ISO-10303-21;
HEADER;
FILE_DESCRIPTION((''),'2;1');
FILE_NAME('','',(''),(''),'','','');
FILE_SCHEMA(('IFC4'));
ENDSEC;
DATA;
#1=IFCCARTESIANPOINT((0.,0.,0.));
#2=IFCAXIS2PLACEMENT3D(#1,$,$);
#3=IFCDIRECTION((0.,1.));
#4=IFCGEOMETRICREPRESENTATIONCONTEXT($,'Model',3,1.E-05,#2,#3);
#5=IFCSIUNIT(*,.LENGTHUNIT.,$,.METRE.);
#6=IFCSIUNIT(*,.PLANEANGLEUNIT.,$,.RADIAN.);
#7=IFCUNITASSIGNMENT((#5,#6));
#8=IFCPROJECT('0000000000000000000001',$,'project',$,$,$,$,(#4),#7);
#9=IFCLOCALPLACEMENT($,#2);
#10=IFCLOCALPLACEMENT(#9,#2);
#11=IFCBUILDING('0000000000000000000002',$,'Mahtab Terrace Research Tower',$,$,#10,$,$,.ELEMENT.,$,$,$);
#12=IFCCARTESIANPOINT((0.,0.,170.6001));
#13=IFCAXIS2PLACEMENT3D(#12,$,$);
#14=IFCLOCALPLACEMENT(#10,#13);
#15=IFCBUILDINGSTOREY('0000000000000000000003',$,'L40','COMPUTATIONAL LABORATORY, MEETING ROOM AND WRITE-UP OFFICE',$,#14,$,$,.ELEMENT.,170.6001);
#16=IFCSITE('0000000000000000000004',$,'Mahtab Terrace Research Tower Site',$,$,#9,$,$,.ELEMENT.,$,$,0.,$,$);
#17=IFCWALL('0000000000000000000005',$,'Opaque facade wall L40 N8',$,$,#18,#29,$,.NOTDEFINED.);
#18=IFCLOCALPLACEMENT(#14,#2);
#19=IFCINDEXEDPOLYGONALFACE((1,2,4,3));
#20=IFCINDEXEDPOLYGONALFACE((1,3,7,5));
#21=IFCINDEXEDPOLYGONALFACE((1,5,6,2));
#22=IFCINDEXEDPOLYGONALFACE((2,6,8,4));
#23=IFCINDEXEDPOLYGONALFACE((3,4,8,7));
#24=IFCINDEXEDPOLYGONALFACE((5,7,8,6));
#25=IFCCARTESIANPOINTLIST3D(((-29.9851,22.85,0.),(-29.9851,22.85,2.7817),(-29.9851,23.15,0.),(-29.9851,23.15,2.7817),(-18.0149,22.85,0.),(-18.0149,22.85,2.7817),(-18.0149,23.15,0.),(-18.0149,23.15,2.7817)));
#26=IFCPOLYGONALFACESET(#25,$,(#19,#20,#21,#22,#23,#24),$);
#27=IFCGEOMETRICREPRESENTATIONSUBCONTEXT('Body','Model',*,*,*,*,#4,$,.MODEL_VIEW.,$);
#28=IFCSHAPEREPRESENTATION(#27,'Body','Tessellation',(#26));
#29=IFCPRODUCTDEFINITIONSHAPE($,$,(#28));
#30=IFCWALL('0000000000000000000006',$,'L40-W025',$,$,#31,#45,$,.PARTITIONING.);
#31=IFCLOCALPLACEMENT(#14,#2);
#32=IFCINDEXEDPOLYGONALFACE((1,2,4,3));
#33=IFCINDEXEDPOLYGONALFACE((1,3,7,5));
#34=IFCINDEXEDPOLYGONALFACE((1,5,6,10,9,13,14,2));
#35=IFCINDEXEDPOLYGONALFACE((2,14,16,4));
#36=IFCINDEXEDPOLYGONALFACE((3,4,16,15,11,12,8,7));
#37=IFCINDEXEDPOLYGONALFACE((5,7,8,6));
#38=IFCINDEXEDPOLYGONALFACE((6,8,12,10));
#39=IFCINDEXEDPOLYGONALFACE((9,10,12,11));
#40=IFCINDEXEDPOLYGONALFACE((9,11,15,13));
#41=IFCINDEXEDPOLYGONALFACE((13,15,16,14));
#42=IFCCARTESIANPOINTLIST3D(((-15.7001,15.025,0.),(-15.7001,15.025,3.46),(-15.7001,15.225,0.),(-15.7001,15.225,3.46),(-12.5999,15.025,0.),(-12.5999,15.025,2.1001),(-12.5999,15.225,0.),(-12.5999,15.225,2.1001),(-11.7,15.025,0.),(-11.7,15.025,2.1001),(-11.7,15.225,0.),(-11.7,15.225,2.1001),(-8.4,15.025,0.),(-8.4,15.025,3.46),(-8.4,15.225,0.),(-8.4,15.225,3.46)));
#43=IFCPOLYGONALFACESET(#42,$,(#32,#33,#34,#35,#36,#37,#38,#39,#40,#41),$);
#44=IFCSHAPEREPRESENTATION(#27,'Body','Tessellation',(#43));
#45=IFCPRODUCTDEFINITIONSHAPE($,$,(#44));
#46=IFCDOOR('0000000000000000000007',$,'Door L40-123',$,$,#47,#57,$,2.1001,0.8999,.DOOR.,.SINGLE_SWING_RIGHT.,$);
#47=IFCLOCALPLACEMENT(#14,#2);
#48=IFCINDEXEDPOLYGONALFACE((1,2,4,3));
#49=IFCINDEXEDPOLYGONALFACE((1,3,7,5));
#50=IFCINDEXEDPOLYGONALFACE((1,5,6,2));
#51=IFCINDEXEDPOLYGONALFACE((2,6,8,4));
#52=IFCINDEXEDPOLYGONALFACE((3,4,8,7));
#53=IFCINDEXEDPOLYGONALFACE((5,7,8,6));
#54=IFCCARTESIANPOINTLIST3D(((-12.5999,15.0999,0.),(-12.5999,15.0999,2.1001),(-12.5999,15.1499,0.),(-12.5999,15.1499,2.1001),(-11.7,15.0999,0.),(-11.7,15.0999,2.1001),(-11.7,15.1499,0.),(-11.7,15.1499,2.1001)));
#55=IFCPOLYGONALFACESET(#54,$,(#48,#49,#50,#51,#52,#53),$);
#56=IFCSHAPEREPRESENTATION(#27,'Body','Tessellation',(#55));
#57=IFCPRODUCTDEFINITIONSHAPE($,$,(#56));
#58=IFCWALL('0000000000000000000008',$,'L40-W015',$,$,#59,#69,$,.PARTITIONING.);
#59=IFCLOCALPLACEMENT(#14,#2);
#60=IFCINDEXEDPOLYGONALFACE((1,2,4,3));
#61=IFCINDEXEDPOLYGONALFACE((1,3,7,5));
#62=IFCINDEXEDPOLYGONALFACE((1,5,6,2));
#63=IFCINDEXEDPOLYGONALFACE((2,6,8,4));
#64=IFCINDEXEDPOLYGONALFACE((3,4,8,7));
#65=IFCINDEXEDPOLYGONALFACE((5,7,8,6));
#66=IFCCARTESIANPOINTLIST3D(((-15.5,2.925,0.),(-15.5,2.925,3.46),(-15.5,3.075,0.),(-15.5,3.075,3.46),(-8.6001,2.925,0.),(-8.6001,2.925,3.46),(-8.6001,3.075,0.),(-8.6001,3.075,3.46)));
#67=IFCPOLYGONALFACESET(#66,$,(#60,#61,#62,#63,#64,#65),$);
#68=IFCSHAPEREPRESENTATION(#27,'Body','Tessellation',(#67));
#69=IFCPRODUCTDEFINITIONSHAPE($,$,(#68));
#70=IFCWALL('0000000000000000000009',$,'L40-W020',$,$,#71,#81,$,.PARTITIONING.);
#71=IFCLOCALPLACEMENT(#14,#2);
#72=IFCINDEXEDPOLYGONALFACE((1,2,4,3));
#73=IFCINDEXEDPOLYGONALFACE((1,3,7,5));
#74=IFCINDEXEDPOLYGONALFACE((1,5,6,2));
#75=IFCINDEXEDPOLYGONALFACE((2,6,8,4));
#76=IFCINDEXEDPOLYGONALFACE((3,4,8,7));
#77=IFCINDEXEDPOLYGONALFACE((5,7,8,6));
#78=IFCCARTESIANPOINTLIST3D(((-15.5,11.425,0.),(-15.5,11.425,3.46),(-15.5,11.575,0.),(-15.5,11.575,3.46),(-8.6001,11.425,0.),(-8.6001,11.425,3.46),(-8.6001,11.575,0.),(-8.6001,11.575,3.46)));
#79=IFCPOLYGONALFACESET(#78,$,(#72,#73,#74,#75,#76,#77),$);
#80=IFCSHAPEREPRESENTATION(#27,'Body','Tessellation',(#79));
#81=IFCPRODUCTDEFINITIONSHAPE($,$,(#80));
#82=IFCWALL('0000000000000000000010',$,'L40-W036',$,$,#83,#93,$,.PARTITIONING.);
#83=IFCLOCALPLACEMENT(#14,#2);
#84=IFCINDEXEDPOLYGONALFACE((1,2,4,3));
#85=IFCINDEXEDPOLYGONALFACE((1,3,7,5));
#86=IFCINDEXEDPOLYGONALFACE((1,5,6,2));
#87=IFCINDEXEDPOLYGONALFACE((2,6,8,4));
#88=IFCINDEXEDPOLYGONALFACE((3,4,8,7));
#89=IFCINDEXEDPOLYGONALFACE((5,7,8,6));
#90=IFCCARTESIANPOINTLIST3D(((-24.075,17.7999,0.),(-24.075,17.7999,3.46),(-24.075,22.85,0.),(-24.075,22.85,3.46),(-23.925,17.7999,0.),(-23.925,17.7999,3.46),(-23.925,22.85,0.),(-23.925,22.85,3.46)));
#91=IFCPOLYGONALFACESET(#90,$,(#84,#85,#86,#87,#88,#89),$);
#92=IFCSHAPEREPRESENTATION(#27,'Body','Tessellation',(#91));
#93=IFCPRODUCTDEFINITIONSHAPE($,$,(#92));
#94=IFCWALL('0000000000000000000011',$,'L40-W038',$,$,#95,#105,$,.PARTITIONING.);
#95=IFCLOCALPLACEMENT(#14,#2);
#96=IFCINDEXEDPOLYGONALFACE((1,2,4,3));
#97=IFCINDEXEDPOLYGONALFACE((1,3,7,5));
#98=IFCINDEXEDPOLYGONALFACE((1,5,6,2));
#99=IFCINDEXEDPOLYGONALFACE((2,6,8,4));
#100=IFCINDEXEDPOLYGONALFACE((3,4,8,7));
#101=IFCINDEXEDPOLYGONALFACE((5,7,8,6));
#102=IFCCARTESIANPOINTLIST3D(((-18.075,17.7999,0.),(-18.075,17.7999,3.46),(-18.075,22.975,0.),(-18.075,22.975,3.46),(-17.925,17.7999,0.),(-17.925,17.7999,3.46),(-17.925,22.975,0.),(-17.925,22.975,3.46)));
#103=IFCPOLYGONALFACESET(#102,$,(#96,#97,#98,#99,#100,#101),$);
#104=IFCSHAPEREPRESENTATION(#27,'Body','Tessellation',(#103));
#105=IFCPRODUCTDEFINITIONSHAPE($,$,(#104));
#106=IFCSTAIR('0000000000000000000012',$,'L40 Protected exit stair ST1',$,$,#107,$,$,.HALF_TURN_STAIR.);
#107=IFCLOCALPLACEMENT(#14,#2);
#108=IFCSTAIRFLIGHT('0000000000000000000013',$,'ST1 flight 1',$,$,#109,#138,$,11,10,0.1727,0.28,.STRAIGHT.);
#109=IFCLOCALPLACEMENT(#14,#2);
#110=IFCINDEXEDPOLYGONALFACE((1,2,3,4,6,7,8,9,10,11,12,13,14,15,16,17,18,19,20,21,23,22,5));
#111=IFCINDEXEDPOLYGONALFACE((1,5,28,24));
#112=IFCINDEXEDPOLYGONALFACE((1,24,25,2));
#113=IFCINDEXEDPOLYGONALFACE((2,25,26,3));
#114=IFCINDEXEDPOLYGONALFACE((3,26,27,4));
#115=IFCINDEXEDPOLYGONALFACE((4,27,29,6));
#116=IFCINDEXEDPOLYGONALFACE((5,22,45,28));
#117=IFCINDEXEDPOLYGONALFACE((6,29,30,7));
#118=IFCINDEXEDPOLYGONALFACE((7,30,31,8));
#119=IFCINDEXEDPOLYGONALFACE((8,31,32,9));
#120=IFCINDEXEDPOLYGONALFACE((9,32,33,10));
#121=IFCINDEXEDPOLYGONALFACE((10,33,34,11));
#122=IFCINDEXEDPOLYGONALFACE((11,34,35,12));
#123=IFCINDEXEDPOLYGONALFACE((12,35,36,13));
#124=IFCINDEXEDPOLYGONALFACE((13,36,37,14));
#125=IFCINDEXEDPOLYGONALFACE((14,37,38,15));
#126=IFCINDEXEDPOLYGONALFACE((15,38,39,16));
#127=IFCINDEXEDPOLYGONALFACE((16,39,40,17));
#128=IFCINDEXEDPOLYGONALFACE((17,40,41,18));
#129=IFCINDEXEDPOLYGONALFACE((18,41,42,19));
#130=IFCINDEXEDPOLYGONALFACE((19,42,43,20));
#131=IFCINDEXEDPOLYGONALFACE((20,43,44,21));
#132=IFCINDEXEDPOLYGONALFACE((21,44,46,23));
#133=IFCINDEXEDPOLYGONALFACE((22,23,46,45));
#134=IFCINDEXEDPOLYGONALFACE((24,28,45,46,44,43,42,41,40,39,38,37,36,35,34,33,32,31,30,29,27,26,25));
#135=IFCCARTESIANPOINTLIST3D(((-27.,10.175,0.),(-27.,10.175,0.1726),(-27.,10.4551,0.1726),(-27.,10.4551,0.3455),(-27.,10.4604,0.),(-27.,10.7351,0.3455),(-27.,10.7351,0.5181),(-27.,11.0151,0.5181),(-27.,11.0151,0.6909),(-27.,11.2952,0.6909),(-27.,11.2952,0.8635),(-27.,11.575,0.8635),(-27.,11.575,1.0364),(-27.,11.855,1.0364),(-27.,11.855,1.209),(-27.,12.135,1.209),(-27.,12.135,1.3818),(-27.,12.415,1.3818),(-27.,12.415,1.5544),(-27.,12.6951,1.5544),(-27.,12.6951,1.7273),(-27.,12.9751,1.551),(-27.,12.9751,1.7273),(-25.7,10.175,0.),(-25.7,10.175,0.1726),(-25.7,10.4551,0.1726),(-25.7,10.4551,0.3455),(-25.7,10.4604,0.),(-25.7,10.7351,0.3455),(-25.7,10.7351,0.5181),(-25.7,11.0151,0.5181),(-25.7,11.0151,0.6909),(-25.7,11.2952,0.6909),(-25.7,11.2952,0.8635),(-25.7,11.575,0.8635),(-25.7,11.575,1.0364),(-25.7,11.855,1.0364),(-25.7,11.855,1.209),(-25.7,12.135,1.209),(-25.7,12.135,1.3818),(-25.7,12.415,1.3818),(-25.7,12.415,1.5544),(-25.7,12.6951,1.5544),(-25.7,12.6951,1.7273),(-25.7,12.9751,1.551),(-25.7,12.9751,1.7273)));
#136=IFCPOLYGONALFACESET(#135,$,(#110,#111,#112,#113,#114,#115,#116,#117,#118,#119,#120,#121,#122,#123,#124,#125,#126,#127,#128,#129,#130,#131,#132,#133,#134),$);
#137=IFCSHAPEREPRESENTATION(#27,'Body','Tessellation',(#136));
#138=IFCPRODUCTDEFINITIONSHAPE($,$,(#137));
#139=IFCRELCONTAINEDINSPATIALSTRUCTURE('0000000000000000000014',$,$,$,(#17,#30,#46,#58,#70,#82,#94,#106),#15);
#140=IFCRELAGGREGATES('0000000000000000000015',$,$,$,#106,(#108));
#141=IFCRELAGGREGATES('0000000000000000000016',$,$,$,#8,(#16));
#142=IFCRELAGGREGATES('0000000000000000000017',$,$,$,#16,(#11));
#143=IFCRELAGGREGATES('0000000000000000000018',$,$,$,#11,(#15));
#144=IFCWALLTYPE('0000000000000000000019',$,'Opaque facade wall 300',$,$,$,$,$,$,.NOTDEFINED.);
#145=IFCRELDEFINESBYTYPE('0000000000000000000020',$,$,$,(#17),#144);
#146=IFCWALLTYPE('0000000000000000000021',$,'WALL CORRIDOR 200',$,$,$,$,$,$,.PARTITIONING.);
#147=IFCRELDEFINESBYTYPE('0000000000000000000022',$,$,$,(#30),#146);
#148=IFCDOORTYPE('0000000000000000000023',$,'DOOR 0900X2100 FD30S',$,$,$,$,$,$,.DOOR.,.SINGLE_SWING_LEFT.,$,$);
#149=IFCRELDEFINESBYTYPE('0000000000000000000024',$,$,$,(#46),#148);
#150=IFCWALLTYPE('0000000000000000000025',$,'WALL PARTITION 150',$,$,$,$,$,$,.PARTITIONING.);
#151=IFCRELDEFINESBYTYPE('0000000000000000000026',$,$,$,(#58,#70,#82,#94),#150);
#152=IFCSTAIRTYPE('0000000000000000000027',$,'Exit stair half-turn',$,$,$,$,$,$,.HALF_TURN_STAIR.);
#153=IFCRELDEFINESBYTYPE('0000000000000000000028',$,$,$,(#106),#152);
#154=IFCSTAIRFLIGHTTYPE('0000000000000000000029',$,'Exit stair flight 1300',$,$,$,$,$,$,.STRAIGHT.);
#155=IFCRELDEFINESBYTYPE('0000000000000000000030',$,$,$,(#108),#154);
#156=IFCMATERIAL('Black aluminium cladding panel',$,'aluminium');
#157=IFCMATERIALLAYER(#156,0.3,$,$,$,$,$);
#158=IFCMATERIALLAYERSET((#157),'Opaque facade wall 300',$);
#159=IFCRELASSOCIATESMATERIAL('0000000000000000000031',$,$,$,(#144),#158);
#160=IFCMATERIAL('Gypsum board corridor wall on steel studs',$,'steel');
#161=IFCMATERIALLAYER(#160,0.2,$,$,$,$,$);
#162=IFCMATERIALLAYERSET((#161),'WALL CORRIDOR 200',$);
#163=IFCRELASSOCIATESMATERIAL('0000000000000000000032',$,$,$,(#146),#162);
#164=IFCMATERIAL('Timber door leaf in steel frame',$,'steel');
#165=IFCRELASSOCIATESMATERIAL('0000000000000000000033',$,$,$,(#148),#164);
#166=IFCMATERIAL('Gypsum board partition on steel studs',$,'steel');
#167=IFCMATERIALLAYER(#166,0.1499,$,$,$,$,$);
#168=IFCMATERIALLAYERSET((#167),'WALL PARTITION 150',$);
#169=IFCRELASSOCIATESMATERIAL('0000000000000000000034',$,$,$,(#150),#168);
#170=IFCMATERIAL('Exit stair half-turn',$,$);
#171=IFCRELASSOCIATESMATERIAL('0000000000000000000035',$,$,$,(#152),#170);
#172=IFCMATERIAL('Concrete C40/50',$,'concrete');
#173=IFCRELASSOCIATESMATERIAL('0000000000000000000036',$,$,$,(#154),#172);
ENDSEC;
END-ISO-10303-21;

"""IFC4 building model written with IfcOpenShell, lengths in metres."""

from ifc_helpers import new_model, si_unit, direction, frame, frame_2d, origin, place, context, subcontext, project, spatial, polyline, rectangle, outline, extrude, material, layer, layer_set, type_object, element, fill, aggregate, save


model = new_model("IFC4")

# Units and contexts
model_context = context("Model", 3, precision=1e-05, world=origin(), true_north=direction((0.0, 1.0)))
body_context = subcontext(model_context, "Body", "Model", "MODEL_VIEW")
ifc_project = project(units=[si_unit("LENGTHUNIT", "METRE"), si_unit("PLANEANGLEUNIT", "RADIAN")], contexts=[model_context])

# Site, building, storey
site_placement = place(None, origin())
site = spatial("IfcSite", under=ifc_project, at=site_placement, Name="Mahtab Terrace Research Tower Site", CompositionType="ELEMENT", RefElevation=0.0)
building_placement = place(site_placement, origin())
building = spatial("IfcBuilding", under=site, at=building_placement, Name="Mahtab Terrace Research Tower", CompositionType="ELEMENT")
storey_placement = place(building_placement, frame((0.0, 0.0, 170.6001)))
storey = spatial("IfcBuildingStorey", under=building, at=storey_placement, Name="L40", Description="COMPUTATIONAL LABORATORY, MEETING ROOM AND WRITE-UP OFFICE", CompositionType="ELEMENT", Elevation=170.6001)

# Wall
ifc_material_1 = material(Name="Black aluminium cladding panel", Category="aluminium")
ifc_layer_1 = layer(ifc_material_1, 0.3)
ifc_layer_set_1 = layer_set([ifc_layer_1], Name="Opaque facade wall 300")
wall_type_1 = type_object("IfcWallType", Name="Opaque facade wall 300", PredefinedType="NOTDEFINED", material=ifc_layer_set_1)
wall_1_placement = place(storey_placement, frame((-18.0149, 23.0, 0.0), z_axis=(0.0, 0.0, 1.0), x_axis=(-1.0, 0.0, 0.0)))
element("IfcWall", 1, at=wall_1_placement, inside=storey, type_object=wall_type_1, Name="Opaque facade wall L40 N8", PredefinedType="NOTDEFINED", context=body_context, shape_type="SweptSolid", body=[
    extrude(rectangle(XDim=11.9702, YDim=0.3, at=frame_2d((5.9851, 0.0))), origin(), (0.0, 0.0, 1.0), 2.7817),
])

# Wall, opening, door
ifc_material_2 = material(Name="Gypsum board corridor wall on steel studs", Category="steel")
ifc_layer_2 = layer(ifc_material_2, 0.2)
ifc_layer_set_2 = layer_set([ifc_layer_2], Name="WALL CORRIDOR 200")
wall_type_2 = type_object("IfcWallType", Name="WALL CORRIDOR 200", PredefinedType="PARTITIONING", material=ifc_layer_set_2)
wall_2_placement = place(storey_placement, frame((-15.7, 15.125, 0.0), z_axis=(0.0, 0.0, 1.0), x_axis=(1.0, 0.0, 0.0)))
wall_2 = element("IfcWall", 2, at=wall_2_placement, inside=storey, type_object=wall_type_2, Name="L40-W025", PredefinedType="PARTITIONING", context=body_context, shape_type="SweptSolid", body=[
    extrude(rectangle(XDim=7.3, YDim=0.2, at=frame_2d((3.6499, 0.0))), origin(), (0.0, 0.0, 1.0), 3.46),
])
opening_1_placement = place(wall_2_placement, frame((3.1001, 0.0, 0.0)))
opening_1 = element("IfcOpeningElement", 3, at=opening_1_placement, cuts=wall_2, PredefinedType="OPENING", context=body_context, shape_type="SweptSolid", body=[
    extrude(rectangle(XDim=0.8999, YDim=2.1001, at=frame_2d((0.45, 1.05))), frame((0.0, 0.1099, 0.0), z_axis=(0.0, -1.0, 0.0), x_axis=(1.0, 0.0, 0.0)), (0.0, 0.0, 1.0), 0.22),
])
ifc_material_3 = material(Name="Timber door leaf in steel frame", Category="steel")
door_type_1 = type_object("IfcDoorType", Name="DOOR 0900X2100 FD30S", OperationType="SINGLE_SWING_LEFT", PredefinedType="DOOR", material=ifc_material_3)
door_1_placement = place(opening_1_placement, origin())
door_1 = element("IfcDoor", 4, at=door_1_placement, inside=storey, type_object=door_type_1, Name="Door L40-123", OperationType="SINGLE_SWING_RIGHT", OverallHeight=2.1001, OverallWidth=0.8999, PredefinedType="DOOR", context=body_context, shape_type="SweptSolid", body=[
    extrude(rectangle(XDim=0.8999, YDim=2.1001, at=frame_2d((0.45, 1.05))), frame((0.0, 0.0249, 0.0), z_axis=(0.0, -1.0, 0.0), x_axis=(1.0, 0.0, 0.0)), (0.0, 0.0, 1.0), 0.05),
])
fill(opening_1, door_1)

# Walls
ifc_material_4 = material(Name="Gypsum board partition on steel studs", Category="steel")
ifc_layer_3 = layer(ifc_material_4, 0.1499)
ifc_layer_set_3 = layer_set([ifc_layer_3], Name="WALL PARTITION 150")
wall_type_3 = type_object("IfcWallType", Name="WALL PARTITION 150", PredefinedType="PARTITIONING", material=ifc_layer_set_3)
for number, where, z_axis, x_axis, name in (
    (5, (-15.5, 3.0, 0.0), (0.0, 0.0, 1.0), (1.0, 0.0, 0.0), "L40-W015"),
    (6, (-15.5, 11.5, 0.0), (0.0, 0.0, 1.0), (1.0, 0.0, 0.0), "L40-W020"),
):
    element("IfcWall", number, at=place(storey_placement, frame(where, z_axis=z_axis, x_axis=x_axis)), inside=storey, type_object=wall_type_3, Name=name, PredefinedType="PARTITIONING", context=body_context, shape_type="SweptSolid", body=[
        extrude(rectangle(XDim=6.8999, YDim=0.1499, at=frame_2d((3.45, 0.0))), origin(), (0.0, 0.0, 1.0), 3.46),
    ])
wall_3_placement = place(storey_placement, frame((-24.0, 17.8, 0.0), z_axis=(0.0, 0.0, 1.0), x_axis=(0.0, 1.0, 0.0)))
element("IfcWall", 7, at=wall_3_placement, inside=storey, type_object=wall_type_3, Name="L40-W036", PredefinedType="PARTITIONING", context=body_context, shape_type="SweptSolid", body=[
    extrude(rectangle(XDim=5.05, YDim=0.1499, at=frame_2d((2.5249, 0.0))), origin(), (0.0, 0.0, 1.0), 3.46),
])
wall_4_placement = place(storey_placement, frame((-18.0, 17.8, 0.0), z_axis=(0.0, 0.0, 1.0), x_axis=(0.0, 1.0, 0.0)))
element("IfcWall", 8, at=wall_4_placement, inside=storey, type_object=wall_type_3, Name="L40-W038", PredefinedType="PARTITIONING", context=body_context, shape_type="SweptSolid", body=[
    extrude(rectangle(XDim=5.175, YDim=0.1499, at=frame_2d((2.5874, 0.0))), origin(), (0.0, 0.0, 1.0), 3.46),
])

# Stair, stair flight
ifc_material_5 = material(Name="Exit stair half-turn")
stair_type = type_object("IfcStairType", Name="Exit stair half-turn", PredefinedType="HALF_TURN_STAIR", material=ifc_material_5)
stair_placement = place(storey_placement, origin())
stair = element("IfcStair", 9, at=stair_placement, inside=storey, type_object=stair_type, Name="L40 Protected exit stair ST1", PredefinedType="HALF_TURN_STAIR")
ifc_material_6 = material(Name="Concrete C40/50", Category="concrete")
stair_flight_type = type_object("IfcStairFlightType", Name="Exit stair flight 1300", PredefinedType="STRAIGHT", material=ifc_material_6)
stair_flight_placement = place(storey_placement, frame((-26.3501, 10.175, 0.0), z_axis=(0.0, 0.0, 1.0), x_axis=(0.0, 1.0, 0.0)))
stair_flight = element("IfcStairFlight", 10, at=stair_flight_placement, type_object=stair_flight_type, Name="ST1 flight 1", NumberOfRisers=11, NumberOfTreads=10, PredefinedType="STRAIGHT", RiserHeight=0.1727, TreadLength=0.28, context=body_context, shape_type="SweptSolid", body=[
    extrude(outline(polyline([(0.0, 0.0), (0.0, 0.1726), (0.28, 0.1726), (0.28, 0.3455), (0.5601, 0.3455), (0.5601, 0.5181), (0.8401, 0.5181), (0.8401, 0.6909), (1.1201, 0.6909), (1.1201, 0.8635), (1.3999, 0.8635), (1.3999, 1.0364), (1.6799, 1.0364), (1.6799, 1.209), (1.96, 1.209), (1.96, 1.3818), (2.24, 1.3818), (2.24, 1.5544), (2.52, 1.5544), (2.52, 1.7273), (2.8, 1.7273), (2.8, 1.8999), (2.8, 1.551), (0.2854, 0.0), (0.0, 0.0)])), frame((0.0, 0.6499, 0.0), z_axis=(0.0, -1.0, 0.0), x_axis=(1.0, 0.0, 0.0)), (0.0, 0.0, 1.0), 1.3),
])
aggregate(stair, [stair_flight])

save(model, "model.ifc")
